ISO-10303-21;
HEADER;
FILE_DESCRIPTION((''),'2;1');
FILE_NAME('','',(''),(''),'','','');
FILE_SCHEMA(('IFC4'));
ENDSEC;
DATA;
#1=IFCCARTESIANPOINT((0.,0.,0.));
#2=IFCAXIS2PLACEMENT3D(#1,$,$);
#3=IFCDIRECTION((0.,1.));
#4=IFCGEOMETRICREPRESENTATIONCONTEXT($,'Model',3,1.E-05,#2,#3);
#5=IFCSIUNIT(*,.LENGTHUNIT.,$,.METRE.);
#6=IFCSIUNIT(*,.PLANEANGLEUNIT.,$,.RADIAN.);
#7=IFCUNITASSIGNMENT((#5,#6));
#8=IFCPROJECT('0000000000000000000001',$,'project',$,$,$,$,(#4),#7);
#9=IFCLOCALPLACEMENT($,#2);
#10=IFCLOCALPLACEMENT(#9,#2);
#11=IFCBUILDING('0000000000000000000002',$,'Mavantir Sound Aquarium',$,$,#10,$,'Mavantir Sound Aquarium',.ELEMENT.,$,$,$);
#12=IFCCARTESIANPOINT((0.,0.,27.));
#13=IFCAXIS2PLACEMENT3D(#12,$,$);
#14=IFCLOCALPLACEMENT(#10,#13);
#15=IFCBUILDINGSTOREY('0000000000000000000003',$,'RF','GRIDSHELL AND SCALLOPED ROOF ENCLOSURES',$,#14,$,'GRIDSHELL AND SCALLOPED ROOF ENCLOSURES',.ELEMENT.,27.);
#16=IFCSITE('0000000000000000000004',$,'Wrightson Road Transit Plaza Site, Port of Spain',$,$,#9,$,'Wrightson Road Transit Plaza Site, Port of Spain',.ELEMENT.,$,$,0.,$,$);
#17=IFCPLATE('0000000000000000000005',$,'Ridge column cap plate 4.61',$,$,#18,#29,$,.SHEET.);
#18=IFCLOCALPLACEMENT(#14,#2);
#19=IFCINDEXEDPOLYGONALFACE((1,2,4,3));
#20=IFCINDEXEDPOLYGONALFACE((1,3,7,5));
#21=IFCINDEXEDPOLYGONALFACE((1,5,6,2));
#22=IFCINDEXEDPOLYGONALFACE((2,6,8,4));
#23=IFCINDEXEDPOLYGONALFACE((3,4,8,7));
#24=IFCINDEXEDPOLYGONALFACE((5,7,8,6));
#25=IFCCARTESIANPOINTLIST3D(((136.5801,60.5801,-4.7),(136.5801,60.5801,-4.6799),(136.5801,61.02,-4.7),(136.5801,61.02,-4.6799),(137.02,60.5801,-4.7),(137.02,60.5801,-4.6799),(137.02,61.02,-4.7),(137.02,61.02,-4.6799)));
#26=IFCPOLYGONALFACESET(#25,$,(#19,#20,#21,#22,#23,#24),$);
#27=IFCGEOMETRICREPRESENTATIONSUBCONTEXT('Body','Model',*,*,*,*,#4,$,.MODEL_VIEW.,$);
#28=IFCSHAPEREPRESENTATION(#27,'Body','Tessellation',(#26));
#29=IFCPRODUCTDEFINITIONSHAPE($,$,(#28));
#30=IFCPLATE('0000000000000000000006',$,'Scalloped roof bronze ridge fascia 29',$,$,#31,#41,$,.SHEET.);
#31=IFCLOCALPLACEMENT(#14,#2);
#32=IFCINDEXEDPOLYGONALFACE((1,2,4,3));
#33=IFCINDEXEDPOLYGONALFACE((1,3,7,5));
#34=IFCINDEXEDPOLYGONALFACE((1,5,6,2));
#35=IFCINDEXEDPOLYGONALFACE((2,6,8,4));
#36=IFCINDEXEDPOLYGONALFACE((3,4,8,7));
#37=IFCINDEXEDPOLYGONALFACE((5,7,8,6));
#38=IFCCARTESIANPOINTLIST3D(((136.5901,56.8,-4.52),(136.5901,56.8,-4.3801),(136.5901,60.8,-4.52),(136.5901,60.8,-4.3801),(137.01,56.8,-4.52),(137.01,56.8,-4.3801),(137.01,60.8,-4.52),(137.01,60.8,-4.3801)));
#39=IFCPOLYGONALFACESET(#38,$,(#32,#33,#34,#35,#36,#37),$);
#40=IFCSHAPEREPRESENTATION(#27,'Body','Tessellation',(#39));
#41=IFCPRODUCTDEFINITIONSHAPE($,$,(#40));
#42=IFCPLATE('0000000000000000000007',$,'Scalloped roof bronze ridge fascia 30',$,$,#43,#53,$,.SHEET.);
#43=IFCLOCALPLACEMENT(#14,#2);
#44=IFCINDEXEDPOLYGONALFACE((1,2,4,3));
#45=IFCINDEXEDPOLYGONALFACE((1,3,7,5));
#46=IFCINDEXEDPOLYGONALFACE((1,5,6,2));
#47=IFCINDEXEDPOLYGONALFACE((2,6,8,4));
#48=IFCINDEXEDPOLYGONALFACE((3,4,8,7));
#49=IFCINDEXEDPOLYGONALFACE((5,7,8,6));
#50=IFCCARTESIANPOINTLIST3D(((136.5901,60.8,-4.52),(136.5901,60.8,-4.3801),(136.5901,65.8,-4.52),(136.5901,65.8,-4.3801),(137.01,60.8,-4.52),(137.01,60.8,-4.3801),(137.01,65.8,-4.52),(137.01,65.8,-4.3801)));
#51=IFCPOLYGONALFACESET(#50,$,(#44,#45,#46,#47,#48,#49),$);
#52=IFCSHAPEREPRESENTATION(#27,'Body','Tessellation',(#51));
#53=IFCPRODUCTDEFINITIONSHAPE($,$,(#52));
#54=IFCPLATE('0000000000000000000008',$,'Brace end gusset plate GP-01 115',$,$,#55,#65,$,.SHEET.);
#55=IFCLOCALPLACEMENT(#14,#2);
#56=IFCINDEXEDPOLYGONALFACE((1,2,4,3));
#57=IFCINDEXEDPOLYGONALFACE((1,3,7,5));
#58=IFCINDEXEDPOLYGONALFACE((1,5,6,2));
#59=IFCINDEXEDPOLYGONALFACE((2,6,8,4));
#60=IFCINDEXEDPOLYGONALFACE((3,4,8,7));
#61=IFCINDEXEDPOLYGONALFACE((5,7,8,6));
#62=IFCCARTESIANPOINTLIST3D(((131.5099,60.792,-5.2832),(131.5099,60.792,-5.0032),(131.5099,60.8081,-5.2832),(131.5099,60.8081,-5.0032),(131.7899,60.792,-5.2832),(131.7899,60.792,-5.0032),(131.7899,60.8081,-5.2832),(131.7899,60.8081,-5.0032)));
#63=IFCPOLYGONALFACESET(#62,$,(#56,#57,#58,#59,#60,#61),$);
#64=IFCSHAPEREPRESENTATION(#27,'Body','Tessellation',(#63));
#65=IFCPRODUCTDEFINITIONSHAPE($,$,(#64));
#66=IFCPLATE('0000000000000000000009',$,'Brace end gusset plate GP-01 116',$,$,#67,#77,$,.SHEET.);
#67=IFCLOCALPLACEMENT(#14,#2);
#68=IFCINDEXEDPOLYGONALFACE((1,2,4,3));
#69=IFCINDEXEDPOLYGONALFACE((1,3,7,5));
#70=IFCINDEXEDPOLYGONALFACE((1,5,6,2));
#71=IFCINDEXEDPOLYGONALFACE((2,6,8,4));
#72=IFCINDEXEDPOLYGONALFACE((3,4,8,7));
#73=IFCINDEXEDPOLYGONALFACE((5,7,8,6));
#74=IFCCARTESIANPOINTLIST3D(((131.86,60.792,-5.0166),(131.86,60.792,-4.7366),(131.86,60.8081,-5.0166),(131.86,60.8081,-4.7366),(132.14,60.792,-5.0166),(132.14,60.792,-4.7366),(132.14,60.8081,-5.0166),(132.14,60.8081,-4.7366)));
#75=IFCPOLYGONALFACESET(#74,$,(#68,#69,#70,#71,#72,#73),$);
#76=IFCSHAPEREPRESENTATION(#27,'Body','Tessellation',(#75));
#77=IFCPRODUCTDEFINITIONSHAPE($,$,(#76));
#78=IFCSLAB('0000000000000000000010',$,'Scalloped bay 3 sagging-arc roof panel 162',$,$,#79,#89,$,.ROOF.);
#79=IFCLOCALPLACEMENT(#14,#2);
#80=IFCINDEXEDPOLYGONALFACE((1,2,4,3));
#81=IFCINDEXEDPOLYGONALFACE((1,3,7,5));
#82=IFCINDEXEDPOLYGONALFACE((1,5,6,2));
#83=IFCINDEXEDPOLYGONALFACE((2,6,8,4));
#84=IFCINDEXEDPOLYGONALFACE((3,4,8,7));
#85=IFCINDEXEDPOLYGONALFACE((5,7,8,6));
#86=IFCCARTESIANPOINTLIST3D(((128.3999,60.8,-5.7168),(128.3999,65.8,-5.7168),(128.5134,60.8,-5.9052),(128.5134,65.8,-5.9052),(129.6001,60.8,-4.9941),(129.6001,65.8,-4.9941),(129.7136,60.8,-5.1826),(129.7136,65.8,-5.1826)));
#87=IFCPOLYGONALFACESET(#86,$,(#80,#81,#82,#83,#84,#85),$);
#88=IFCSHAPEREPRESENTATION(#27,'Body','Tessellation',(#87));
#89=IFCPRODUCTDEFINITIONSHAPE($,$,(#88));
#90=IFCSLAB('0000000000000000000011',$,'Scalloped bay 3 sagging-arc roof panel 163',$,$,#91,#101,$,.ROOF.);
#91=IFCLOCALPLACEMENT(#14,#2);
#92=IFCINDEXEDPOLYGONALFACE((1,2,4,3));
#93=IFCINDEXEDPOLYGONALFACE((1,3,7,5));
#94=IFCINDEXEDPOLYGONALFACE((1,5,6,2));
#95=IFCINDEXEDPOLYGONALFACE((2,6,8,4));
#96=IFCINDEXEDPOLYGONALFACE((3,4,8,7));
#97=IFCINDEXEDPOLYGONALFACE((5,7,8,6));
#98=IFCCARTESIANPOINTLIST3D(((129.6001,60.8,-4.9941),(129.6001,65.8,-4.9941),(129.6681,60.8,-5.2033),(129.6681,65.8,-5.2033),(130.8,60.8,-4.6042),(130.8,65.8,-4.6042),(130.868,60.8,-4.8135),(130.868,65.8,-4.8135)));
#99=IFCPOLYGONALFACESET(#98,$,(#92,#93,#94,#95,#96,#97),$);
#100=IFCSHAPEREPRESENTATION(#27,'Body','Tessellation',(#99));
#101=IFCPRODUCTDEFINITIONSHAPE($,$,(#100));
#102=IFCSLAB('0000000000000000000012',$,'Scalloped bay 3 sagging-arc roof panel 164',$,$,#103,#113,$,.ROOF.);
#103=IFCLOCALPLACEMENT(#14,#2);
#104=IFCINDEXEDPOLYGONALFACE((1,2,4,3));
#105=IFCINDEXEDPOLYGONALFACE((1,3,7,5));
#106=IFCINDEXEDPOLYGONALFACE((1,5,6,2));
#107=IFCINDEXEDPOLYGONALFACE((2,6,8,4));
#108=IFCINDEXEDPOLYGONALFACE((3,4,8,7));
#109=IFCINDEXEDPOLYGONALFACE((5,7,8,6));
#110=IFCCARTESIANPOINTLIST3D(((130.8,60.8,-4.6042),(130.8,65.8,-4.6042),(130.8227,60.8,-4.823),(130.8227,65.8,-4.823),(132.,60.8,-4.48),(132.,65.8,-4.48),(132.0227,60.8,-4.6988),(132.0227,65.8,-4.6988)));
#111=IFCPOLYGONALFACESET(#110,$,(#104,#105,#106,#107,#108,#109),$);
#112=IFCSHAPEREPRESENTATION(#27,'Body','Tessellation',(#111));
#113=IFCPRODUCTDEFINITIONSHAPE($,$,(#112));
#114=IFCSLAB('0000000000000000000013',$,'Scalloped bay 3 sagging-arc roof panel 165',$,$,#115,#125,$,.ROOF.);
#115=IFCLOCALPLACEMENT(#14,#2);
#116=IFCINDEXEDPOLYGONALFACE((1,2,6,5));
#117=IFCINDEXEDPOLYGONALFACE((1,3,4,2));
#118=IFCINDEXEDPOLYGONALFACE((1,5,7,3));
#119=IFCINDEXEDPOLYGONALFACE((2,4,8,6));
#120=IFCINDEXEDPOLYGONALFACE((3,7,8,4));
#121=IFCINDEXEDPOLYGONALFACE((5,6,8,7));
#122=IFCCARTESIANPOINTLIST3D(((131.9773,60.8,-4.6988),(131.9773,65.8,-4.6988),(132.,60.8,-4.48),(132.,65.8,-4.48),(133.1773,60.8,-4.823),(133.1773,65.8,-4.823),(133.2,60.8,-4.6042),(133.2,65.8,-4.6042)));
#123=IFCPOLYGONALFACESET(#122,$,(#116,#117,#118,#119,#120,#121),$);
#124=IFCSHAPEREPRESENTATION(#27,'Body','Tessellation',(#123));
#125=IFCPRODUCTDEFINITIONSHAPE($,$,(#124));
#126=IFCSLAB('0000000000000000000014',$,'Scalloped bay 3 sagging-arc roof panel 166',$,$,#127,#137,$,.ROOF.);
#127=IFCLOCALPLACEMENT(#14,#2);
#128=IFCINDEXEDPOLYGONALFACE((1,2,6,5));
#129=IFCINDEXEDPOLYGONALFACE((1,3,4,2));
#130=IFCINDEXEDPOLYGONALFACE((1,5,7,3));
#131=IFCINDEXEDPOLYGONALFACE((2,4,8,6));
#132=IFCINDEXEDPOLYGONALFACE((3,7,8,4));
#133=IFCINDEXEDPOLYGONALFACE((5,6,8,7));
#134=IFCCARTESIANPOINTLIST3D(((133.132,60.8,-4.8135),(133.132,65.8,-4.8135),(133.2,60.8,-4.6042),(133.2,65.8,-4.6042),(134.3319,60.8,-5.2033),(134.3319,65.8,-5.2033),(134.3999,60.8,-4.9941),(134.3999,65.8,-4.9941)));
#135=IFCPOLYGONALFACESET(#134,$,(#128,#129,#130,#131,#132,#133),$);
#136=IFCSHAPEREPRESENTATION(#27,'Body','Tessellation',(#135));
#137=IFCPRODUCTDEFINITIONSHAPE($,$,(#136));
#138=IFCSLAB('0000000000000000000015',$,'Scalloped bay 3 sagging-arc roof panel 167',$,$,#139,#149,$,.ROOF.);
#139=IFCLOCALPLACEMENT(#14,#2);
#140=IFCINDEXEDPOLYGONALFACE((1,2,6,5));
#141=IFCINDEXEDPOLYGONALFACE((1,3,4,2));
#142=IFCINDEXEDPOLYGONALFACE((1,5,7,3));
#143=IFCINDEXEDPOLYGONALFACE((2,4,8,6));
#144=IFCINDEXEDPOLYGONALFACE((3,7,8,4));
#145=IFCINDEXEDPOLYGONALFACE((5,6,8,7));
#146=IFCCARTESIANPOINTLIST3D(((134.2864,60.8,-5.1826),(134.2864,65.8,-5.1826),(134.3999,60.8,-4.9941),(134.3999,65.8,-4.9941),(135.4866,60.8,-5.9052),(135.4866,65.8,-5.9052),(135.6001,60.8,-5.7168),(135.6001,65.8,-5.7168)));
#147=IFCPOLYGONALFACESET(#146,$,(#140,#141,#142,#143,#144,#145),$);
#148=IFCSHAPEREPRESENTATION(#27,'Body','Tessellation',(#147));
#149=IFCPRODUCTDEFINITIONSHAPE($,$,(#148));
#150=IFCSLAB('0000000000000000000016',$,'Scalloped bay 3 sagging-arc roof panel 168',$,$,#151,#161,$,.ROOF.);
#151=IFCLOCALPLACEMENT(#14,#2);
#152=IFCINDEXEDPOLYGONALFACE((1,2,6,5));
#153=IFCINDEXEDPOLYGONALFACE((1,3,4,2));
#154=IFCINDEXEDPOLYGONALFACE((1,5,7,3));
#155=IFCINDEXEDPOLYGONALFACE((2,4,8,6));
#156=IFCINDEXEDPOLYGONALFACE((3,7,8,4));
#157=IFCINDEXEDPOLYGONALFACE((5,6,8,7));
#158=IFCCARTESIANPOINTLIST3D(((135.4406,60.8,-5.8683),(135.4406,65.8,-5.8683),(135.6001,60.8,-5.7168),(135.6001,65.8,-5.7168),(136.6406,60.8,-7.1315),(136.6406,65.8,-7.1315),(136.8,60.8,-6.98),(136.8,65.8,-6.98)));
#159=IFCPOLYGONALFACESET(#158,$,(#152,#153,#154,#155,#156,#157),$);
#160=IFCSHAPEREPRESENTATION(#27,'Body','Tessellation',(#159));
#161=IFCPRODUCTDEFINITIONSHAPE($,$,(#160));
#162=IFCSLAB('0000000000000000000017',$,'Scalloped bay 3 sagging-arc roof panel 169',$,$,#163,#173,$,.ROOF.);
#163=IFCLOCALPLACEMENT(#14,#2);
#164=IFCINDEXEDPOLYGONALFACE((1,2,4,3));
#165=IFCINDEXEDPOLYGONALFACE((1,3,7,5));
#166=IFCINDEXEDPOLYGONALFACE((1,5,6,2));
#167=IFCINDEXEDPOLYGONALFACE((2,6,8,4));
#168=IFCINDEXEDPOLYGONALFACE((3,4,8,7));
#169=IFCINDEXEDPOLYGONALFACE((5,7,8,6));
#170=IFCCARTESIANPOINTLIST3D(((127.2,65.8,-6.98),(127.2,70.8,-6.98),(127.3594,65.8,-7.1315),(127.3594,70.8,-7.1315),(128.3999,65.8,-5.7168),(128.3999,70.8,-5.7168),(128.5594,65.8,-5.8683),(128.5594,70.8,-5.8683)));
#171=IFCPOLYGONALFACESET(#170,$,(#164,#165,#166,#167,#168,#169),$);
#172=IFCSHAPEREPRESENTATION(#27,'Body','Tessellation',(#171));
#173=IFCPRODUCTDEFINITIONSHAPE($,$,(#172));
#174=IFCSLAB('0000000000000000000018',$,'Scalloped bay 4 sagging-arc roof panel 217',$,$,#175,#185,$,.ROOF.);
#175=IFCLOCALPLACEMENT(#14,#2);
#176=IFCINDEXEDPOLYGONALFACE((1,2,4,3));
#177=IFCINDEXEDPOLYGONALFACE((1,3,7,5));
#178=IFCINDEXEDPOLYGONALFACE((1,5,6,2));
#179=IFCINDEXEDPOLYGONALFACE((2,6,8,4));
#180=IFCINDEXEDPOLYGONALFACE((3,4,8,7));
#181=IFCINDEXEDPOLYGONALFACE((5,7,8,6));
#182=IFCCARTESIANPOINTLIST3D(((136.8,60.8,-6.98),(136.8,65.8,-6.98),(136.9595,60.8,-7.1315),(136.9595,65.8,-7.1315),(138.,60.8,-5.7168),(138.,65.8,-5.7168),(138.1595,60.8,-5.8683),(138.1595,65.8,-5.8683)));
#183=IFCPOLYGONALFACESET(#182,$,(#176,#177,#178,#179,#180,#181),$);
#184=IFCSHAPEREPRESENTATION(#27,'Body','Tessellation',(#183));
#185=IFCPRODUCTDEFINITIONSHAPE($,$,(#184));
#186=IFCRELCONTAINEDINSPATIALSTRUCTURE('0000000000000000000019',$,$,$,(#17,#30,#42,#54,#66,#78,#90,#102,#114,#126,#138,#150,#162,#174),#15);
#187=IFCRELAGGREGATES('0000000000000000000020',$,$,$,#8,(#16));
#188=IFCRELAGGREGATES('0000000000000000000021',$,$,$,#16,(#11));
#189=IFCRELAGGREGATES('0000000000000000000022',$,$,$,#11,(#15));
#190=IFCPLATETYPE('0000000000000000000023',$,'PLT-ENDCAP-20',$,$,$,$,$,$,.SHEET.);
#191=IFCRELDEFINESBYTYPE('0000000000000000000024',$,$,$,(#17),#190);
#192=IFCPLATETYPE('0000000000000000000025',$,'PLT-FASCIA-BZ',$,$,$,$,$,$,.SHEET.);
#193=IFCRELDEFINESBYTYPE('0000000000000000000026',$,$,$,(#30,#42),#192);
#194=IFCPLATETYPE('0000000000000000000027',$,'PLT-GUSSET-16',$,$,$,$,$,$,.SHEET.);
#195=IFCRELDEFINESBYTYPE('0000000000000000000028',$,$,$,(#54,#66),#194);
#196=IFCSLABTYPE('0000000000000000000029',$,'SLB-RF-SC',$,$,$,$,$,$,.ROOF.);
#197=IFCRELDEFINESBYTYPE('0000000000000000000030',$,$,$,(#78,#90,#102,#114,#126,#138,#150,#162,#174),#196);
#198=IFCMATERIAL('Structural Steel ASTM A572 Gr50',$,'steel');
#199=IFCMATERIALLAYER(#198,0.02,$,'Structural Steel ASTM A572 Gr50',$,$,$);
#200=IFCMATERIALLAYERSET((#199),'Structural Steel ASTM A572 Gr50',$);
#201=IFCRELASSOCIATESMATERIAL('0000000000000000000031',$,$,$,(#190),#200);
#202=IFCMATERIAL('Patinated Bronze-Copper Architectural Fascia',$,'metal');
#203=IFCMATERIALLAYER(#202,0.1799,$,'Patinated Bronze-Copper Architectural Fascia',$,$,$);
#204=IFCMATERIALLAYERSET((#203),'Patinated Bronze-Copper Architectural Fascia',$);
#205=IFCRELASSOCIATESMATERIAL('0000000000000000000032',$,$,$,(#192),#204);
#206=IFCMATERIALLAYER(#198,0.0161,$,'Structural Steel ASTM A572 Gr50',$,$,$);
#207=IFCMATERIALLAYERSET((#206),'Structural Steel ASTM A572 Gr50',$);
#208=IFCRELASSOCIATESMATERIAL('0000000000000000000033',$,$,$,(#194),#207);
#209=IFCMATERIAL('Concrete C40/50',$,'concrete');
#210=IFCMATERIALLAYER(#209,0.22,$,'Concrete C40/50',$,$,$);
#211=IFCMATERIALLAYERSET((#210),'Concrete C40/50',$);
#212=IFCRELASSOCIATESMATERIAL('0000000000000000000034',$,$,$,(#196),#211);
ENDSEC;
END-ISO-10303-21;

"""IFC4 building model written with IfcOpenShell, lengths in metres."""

from ifc_helpers import new_model, si_unit, direction, frame, origin, origin_2d, place, context, subcontext, project, spatial, polyline, rectangle, outline, extrude, material, layer, layer_set, type_object, element, save


model = new_model("IFC4")

# Units and contexts
model_context = context("Model", 3, precision=1e-05, world=origin(), true_north=direction((0.0, 1.0)))
body_context = subcontext(model_context, "Body", "Model", "MODEL_VIEW")
ifc_project = project(units=[si_unit("LENGTHUNIT", "METRE"), si_unit("PLANEANGLEUNIT", "RADIAN")], contexts=[model_context])

# Site, building, storey
site_placement = place(None, origin())
site = spatial("IfcSite", under=ifc_project, at=site_placement, Name="Wrightson Road Transit Plaza Site, Port of Spain", LongName="Wrightson Road Transit Plaza Site, Port of Spain", CompositionType="ELEMENT", RefElevation=0.0)
building_placement = place(site_placement, origin())
building = spatial("IfcBuilding", under=site, at=building_placement, Name="Mavantir Sound Aquarium", LongName="Mavantir Sound Aquarium", CompositionType="ELEMENT")
storey_placement = place(building_placement, frame((0.0, 0.0, 27.0)))
storey = spatial("IfcBuildingStorey", under=building, at=storey_placement, Name="RF", Description="GRIDSHELL AND SCALLOPED ROOF ENCLOSURES", LongName="GRIDSHELL AND SCALLOPED ROOF ENCLOSURES", CompositionType="ELEMENT", Elevation=27.0)

# Shared definitions
ifc_material_1 = material(Name="Concrete C40/50", Category="concrete")

# Plates
ifc_material_2 = material(Name="Structural Steel ASTM A572 Gr50", Category="steel")
ifc_layer_1 = layer(ifc_material_2, 0.02, Name="Structural Steel ASTM A572 Gr50")
ifc_layer_set_1 = layer_set([ifc_layer_1], Name="Structural Steel ASTM A572 Gr50")
plate_type_1 = type_object("IfcPlateType", Name="PLT-ENDCAP-20", PredefinedType="SHEET", material=ifc_layer_set_1)
for number, where, z_axis, x_axis, name in (
    (1, (136.8, 60.8, -4.7), (0.0, 0.0, 1.0), (1.0, 0.0, 0.0), "Ridge column cap plate 4.61"),
):
    element("IfcPlate", number, at=place(storey_placement, frame(where, z_axis=z_axis, x_axis=x_axis)), inside=storey, type_object=plate_type_1, Name=name, PredefinedType="SHEET", context=body_context, shape_type="SweptSolid", body=[
        extrude(rectangle(XDim=0.4399, YDim=0.4399, at=origin_2d()), origin(), (0.0, 0.0, 1.0), 0.02),
    ])
ifc_material_3 = material(Name="Patinated Bronze-Copper Architectural Fascia", Category="metal")
ifc_layer_2 = layer(ifc_material_3, 0.1799, Name="Patinated Bronze-Copper Architectural Fascia")
ifc_layer_set_2 = layer_set([ifc_layer_2], Name="Patinated Bronze-Copper Architectural Fascia")
plate_type_2 = type_object("IfcPlateType", Name="PLT-FASCIA-BZ", PredefinedType="SHEET", material=ifc_layer_set_2)
plate_1_placement = place(storey_placement, frame((136.8, 58.8, -4.52), z_axis=(0.0, 0.0, 1.0), x_axis=(1.0, 0.0, 0.0)))
element("IfcPlate", 2, at=plate_1_placement, inside=storey, type_object=plate_type_2, Name="Scalloped roof bronze ridge fascia 29", PredefinedType="SHEET", context=body_context, shape_type="SweptSolid", body=[
    extrude(rectangle(XDim=0.4199, YDim=4.0, at=origin_2d()), origin(), (0.0, 0.0, 1.0), 0.1399),
])
plate_2_placement = place(storey_placement, frame((136.8, 63.3, -4.52), z_axis=(0.0, 0.0, 1.0), x_axis=(1.0, 0.0, 0.0)))
element("IfcPlate", 3, at=plate_2_placement, inside=storey, type_object=plate_type_2, Name="Scalloped roof bronze ridge fascia 30", PredefinedType="SHEET", context=body_context, shape_type="SweptSolid", body=[
    extrude(rectangle(XDim=0.4199, YDim=5.0, at=origin_2d()), origin(), (0.0, 0.0, 1.0), 0.1399),
])
ifc_layer_3 = layer(ifc_material_2, 0.0161, Name="Structural Steel ASTM A572 Gr50")
ifc_layer_set_3 = layer_set([ifc_layer_3], Name="Structural Steel ASTM A572 Gr50")
plate_type_3 = type_object("IfcPlateType", Name="PLT-GUSSET-16", PredefinedType="SHEET", material=ifc_layer_set_3)
for number, where, z_axis, x_axis, name in (
    (4, (131.6499, 60.8, -5.2832), (0.0, 0.0, 1.0), (1.0, 0.0, 0.0), "Brace end gusset plate GP-01 115"),
    (5, (132.0, 60.8, -5.0166), (0.0, 0.0, 1.0), (1.0, 0.0, 0.0), "Brace end gusset plate GP-01 116"),
):
    element("IfcPlate", number, at=place(storey_placement, frame(where, z_axis=z_axis, x_axis=x_axis)), inside=storey, type_object=plate_type_3, Name=name, PredefinedType="SHEET", context=body_context, shape_type="SweptSolid", body=[
        extrude(rectangle(XDim=0.28, YDim=0.0161, at=origin_2d()), origin(), (0.0, 0.0, 1.0), 0.28),
    ])

# Slabs
ifc_layer_4 = layer(ifc_material_1, 0.22, Name="Concrete C40/50")
ifc_layer_set_4 = layer_set([ifc_layer_4], Name="Concrete C40/50")
slab_type = type_object("IfcSlabType", Name="SLB-RF-SC", PredefinedType="ROOF", material=ifc_layer_set_4)
slab_1_placement = place(storey_placement, frame((128.3999, 60.8, -5.7168), z_axis=(-0.515828, 0.0, 0.856692), x_axis=(0.856692, 0.0, 0.515828)))
element("IfcSlab", 6, at=slab_1_placement, inside=storey, type_object=slab_type, Name="Scalloped bay 3 sagging-arc roof panel 162", PredefinedType="ROOF", context=body_context, shape_type="SweptSolid", body=[
    extrude(outline(polyline([(0.0, 0.0), (1.401, 0.0), (1.401, 5.0), (0.0, 5.0), (0.0, 0.0)])), origin(), (0.0, 0.0, -1.0), 0.22),
])
slab_2_placement = place(storey_placement, frame((129.6001, 60.8, -4.9941), z_axis=(-0.30902, 0.0, 0.951055), x_axis=(0.951055, 0.0, 0.30902)))
element("IfcSlab", 7, at=slab_2_placement, inside=storey, type_object=slab_type, Name="Scalloped bay 3 sagging-arc roof panel 163", PredefinedType="ROOF", context=body_context, shape_type="SweptSolid", body=[
    extrude(outline(polyline([(0.0, 0.0), (1.2617, 0.0), (1.2617, 5.0), (0.0, 5.0), (0.0, 0.0)])), origin(), (0.0, 0.0, -1.0), 0.22),
])
for number, where, z_axis, x_axis, name in (
    (8, (130.8, 60.8, -4.6042), (-0.10301, 0.0, 0.99468), (0.99468, 0.0, 0.10301), "Scalloped bay 3 sagging-arc roof panel 164"),
    (9, (132.0, 60.8, -4.48), (0.10301, 0.0, 0.99468), (0.99468, 0.0, -0.10301), "Scalloped bay 3 sagging-arc roof panel 165"),
):
    element("IfcSlab", number, at=place(storey_placement, frame(where, z_axis=z_axis, x_axis=x_axis)), inside=storey, type_object=slab_type, Name=name, PredefinedType="ROOF", context=body_context, shape_type="SweptSolid", body=[
        extrude(outline(polyline([(0.0, 0.0), (1.2064, 0.0), (1.2064, 5.0), (0.0, 5.0), (0.0, 0.0)])), origin(), (0.0, 0.0, -1.0), 0.22),
    ])
slab_3_placement = place(storey_placement, frame((133.2, 60.8, -4.6042), z_axis=(0.30902, 0.0, 0.951055), x_axis=(0.951055, 0.0, -0.30902)))
element("IfcSlab", 10, at=slab_3_placement, inside=storey, type_object=slab_type, Name="Scalloped bay 3 sagging-arc roof panel 166", PredefinedType="ROOF", context=body_context, shape_type="SweptSolid", body=[
    extrude(outline(polyline([(0.0, 0.0), (1.2617, 0.0), (1.2617, 5.0), (0.0, 5.0), (0.0, 0.0)])), origin(), (0.0, 0.0, -1.0), 0.22),
])
slab_4_placement = place(storey_placement, frame((134.3999, 60.8, -4.9941), z_axis=(0.515828, 0.0, 0.856692), x_axis=(0.856692, 0.0, -0.515828)))
element("IfcSlab", 11, at=slab_4_placement, inside=storey, type_object=slab_type, Name="Scalloped bay 3 sagging-arc roof panel 167", PredefinedType="ROOF", context=body_context, shape_type="SweptSolid", body=[
    extrude(outline(polyline([(0.0, 0.0), (1.401, 0.0), (1.401, 5.0), (0.0, 5.0), (0.0, 0.0)])), origin(), (0.0, 0.0, -1.0), 0.22),
])
for number, where, z_axis, x_axis, name in (
    (12, (135.6001, 60.8, -5.7168), (0.72502, 0.0, 0.688727), (0.688727, 0.0, -0.72502), "Scalloped bay 3 sagging-arc roof panel 168"),
    (13, (127.2, 65.8, -6.98), (-0.72502, 0.0, 0.688727), (0.688727, 0.0, 0.72502), "Scalloped bay 3 sagging-arc roof panel 169"),
    (14, (136.8, 60.8, -6.98), (-0.72502, 0.0, 0.688727), (0.688727, 0.0, 0.72502), "Scalloped bay 4 sagging-arc roof panel 217"),
):
    element("IfcSlab", number, at=place(storey_placement, frame(where, z_axis=z_axis, x_axis=x_axis)), inside=storey, type_object=slab_type, Name=name, PredefinedType="ROOF", context=body_context, shape_type="SweptSolid", body=[
        extrude(outline(polyline([(0.0, 0.0), (1.7423, 0.0), (1.7423, 5.0), (0.0, 5.0), (0.0, 0.0)])), origin(), (0.0, 0.0, -1.0), 0.22),
    ])

save(model, "model.ifc")
